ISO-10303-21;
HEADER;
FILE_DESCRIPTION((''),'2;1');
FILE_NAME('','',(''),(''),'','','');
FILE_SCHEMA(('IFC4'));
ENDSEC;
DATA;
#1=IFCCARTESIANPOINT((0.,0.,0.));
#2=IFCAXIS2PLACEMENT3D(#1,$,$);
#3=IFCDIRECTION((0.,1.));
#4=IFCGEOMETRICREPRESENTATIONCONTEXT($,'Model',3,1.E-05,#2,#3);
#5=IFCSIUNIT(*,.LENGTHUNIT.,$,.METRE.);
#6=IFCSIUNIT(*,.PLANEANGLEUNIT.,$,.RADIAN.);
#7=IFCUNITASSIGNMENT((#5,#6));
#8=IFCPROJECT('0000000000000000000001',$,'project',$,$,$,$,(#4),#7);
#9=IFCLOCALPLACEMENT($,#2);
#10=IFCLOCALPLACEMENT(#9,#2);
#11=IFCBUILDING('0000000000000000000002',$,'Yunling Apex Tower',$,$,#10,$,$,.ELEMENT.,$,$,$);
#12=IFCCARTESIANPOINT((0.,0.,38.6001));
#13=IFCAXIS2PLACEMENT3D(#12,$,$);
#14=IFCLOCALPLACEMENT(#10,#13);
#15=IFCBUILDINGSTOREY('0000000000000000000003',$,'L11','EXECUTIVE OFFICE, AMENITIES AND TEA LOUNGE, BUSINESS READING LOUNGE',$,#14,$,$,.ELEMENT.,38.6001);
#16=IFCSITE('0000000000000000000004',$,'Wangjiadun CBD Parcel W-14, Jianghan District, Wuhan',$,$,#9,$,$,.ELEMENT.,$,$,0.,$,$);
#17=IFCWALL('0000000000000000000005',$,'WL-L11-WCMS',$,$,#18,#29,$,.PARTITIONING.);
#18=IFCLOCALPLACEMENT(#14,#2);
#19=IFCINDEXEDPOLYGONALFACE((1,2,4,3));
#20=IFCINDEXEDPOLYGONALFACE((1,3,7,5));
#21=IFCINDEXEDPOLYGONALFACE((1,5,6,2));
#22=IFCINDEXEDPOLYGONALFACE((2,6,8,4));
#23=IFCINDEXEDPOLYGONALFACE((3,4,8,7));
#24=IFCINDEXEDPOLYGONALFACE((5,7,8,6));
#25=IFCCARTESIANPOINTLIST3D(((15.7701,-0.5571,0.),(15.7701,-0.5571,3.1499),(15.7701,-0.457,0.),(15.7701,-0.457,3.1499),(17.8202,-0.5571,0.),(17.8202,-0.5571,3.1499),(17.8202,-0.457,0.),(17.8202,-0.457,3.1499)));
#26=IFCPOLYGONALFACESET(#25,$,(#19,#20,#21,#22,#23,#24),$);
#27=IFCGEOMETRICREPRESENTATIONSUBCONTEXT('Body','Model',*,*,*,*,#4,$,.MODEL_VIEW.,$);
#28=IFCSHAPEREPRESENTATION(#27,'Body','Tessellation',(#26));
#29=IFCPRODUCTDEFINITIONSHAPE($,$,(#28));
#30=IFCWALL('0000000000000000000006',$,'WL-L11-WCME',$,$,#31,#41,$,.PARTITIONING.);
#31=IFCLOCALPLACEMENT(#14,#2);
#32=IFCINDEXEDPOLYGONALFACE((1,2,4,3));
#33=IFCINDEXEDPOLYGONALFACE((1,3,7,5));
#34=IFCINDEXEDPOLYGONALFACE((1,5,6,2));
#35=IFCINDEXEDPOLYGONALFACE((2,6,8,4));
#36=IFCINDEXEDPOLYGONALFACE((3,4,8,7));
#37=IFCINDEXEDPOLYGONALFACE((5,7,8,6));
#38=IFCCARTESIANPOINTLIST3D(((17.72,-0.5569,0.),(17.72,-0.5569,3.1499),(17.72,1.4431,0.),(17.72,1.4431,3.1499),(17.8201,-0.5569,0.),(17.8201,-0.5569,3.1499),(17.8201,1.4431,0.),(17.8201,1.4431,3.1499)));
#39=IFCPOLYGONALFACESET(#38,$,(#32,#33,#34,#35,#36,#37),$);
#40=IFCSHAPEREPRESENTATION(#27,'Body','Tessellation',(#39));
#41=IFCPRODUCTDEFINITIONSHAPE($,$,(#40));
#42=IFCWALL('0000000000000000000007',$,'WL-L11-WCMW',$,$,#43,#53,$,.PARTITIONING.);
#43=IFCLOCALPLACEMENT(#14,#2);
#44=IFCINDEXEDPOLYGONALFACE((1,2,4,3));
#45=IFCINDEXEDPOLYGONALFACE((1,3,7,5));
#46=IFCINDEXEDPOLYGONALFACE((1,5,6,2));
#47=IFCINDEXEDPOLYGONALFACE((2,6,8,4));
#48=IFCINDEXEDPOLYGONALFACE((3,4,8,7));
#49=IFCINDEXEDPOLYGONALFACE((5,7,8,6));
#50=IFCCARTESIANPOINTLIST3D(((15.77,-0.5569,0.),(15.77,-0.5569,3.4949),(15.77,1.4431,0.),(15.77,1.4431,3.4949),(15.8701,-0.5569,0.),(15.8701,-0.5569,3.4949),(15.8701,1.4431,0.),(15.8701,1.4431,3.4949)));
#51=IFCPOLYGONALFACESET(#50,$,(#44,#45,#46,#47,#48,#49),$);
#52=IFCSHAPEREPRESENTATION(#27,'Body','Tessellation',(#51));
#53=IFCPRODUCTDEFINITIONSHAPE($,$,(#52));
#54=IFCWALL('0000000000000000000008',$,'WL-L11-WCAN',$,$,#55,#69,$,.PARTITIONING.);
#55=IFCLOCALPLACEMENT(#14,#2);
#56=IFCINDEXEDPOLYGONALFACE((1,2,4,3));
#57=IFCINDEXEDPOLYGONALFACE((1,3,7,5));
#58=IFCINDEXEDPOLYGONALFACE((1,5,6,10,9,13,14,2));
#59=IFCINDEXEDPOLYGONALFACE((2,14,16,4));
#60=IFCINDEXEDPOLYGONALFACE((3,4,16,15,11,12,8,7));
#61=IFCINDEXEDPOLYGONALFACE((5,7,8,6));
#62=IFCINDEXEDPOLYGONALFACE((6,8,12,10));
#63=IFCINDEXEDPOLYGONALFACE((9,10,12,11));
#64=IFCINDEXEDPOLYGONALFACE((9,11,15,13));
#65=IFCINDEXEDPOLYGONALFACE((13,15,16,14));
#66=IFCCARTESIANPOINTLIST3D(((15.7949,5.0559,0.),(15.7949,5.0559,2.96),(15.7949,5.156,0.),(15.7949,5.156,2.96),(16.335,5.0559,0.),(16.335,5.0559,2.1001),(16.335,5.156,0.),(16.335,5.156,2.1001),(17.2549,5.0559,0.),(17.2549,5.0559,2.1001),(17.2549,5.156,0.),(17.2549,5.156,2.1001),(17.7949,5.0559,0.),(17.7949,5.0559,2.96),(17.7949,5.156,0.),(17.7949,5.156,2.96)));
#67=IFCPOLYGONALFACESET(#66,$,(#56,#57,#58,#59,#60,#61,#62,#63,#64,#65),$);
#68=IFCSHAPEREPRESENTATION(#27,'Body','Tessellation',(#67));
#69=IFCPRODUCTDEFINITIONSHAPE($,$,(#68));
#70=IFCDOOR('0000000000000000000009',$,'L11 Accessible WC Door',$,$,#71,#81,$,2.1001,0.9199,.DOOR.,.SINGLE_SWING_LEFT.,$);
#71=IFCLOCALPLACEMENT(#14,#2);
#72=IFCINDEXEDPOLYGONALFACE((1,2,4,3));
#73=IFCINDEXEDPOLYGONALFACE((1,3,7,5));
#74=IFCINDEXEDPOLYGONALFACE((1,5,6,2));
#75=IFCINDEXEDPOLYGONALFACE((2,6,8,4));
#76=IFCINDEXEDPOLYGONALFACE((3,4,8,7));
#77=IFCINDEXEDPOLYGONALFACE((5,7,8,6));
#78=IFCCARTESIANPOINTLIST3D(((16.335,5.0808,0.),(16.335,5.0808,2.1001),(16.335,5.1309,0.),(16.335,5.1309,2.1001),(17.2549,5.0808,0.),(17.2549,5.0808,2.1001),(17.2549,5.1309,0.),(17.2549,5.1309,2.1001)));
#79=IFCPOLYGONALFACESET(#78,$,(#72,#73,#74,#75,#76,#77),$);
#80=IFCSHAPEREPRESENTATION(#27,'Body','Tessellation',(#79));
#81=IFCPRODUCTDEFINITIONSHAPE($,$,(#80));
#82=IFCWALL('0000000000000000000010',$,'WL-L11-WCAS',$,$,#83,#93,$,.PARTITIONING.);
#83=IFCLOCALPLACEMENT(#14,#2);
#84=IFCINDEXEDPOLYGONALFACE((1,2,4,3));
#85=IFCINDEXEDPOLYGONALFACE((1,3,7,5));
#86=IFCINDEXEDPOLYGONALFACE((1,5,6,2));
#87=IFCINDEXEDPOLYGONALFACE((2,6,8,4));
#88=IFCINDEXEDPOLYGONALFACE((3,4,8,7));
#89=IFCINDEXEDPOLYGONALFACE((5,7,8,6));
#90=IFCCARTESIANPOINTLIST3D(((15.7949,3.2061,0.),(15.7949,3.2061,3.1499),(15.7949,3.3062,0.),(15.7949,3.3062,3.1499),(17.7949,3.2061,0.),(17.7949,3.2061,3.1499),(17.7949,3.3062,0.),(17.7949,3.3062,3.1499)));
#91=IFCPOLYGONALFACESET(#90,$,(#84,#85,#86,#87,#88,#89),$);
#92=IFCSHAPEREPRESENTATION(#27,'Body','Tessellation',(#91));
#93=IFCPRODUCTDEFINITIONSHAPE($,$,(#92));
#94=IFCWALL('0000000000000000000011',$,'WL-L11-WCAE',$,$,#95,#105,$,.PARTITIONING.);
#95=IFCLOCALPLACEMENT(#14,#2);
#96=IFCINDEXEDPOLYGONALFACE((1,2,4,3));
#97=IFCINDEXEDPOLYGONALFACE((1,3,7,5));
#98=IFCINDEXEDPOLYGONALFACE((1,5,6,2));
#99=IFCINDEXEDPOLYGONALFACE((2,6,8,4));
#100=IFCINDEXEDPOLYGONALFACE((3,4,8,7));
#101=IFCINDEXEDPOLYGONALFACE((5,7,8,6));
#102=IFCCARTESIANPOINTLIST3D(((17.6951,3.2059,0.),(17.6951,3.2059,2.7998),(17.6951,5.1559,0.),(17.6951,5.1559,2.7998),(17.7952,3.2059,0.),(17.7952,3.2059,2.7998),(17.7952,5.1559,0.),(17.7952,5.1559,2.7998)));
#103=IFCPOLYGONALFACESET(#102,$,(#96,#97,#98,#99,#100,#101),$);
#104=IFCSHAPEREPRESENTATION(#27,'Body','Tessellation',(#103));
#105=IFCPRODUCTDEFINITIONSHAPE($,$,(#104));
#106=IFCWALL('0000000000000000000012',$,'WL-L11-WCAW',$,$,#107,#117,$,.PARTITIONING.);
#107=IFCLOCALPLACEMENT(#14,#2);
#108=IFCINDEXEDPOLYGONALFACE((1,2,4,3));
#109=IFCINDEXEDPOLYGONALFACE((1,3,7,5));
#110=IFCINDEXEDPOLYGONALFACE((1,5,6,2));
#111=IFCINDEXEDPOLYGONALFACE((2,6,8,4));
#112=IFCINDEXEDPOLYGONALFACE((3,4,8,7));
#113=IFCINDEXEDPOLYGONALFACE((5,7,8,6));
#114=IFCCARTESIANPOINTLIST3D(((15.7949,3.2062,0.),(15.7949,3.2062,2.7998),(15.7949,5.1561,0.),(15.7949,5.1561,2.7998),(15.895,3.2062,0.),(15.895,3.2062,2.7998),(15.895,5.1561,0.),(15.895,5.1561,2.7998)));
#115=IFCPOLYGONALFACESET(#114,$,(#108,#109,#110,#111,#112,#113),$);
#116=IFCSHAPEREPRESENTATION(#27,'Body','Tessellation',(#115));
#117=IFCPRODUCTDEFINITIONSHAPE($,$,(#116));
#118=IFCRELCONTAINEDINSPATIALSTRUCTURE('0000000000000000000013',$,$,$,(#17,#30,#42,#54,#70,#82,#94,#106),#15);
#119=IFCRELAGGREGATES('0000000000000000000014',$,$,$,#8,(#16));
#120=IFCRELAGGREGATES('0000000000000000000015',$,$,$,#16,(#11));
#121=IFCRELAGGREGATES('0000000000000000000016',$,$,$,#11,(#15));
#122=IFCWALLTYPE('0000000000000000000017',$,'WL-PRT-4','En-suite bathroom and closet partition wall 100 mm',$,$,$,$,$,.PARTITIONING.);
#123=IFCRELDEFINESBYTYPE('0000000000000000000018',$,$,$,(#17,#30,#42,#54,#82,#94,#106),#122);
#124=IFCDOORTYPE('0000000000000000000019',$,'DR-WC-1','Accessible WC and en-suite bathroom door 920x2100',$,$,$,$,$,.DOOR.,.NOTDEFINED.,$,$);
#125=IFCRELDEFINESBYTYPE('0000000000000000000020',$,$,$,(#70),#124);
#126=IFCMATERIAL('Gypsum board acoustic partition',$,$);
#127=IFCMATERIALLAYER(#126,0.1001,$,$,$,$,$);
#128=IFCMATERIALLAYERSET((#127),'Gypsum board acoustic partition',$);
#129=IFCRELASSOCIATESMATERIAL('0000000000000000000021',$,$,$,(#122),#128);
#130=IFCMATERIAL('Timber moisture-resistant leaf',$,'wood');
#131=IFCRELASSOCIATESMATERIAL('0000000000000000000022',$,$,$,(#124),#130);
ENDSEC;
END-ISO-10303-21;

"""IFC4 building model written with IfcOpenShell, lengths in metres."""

from ifc_helpers import new_model, si_unit, direction, frame, frame_2d, origin, place, context, subcontext, project, spatial, rectangle, extrude, material, layer, layer_set, type_object, element, fill, save


model = new_model("IFC4")

# Units and contexts
model_context = context("Model", 3, precision=1e-05, world=origin(), true_north=direction((0.0, 1.0)))
body_context = subcontext(model_context, "Body", "Model", "MODEL_VIEW")
ifc_project = project(units=[si_unit("LENGTHUNIT", "METRE"), si_unit("PLANEANGLEUNIT", "RADIAN")], contexts=[model_context])

# Site, building, storey
site_placement = place(None, origin())
site = spatial("IfcSite", under=ifc_project, at=site_placement, Name="Wangjiadun CBD Parcel W-14, Jianghan District, Wuhan", CompositionType="ELEMENT", RefElevation=0.0)
building_placement = place(site_placement, origin())
building = spatial("IfcBuilding", under=site, at=building_placement, Name="Yunling Apex Tower", CompositionType="ELEMENT")
storey_placement = place(building_placement, frame((0.0, 0.0, 38.6001)))
storey = spatial("IfcBuildingStorey", under=building, at=storey_placement, Name="L11", Description="EXECUTIVE OFFICE, AMENITIES AND TEA LOUNGE, BUSINESS READING LOUNGE", CompositionType="ELEMENT", Elevation=38.6001)

# Shared definitions
ifc_material_1 = material(Name="Gypsum board acoustic partition")
ifc_layer_1 = layer(ifc_material_1, 0.1001)
ifc_layer_set_1 = layer_set([ifc_layer_1], Name="Gypsum board acoustic partition")
wall_type = type_object("IfcWallType", Name="WL-PRT-4", Description="En-suite bathroom and closet partition wall 100 mm", PredefinedType="PARTITIONING", material=ifc_layer_set_1)
ifc_material_2 = material(Name="Timber moisture-resistant leaf", Category="wood")
door_type = type_object("IfcDoorType", Name="DR-WC-1", Description="Accessible WC and en-suite bathroom door 920x2100", OperationType="NOTDEFINED", PredefinedType="DOOR", material=ifc_material_2)

# Walls
wall_1_placement = place(storey_placement, frame((17.8201, -0.5071, 0.0), z_axis=(0.0, 0.0, 1.0), x_axis=(-1.0, 0.0, 0.0)))
element("IfcWall", 1, at=wall_1_placement, inside=storey, type_object=wall_type, Name="WL-L11-WCMS", PredefinedType="PARTITIONING", context=body_context, shape_type="SweptSolid", body=[
    extrude(rectangle(XDim=2.05, YDim=0.1001, at=frame_2d((1.0249, 0.0))), origin(), (0.0, 0.0, 1.0), 3.1499),
])
wall_2_placement = place(storey_placement, frame((17.77, 1.4431, 0.0), z_axis=(0.0, 0.0, 1.0), x_axis=(0.0, -1.0, 0.0)))
element("IfcWall", 2, at=wall_2_placement, inside=storey, type_object=wall_type, Name="WL-L11-WCME", PredefinedType="PARTITIONING", context=body_context, shape_type="SweptSolid", body=[
    extrude(rectangle(XDim=2.0, YDim=0.1001, at=frame_2d((1.0, 0.0))), origin(), (0.0, 0.0, 1.0), 3.1499),
])
wall_3_placement = place(storey_placement, frame((15.8201, -0.5569, 0.0), z_axis=(0.0, 0.0, 1.0), x_axis=(0.0, 1.0, 0.0)))
element("IfcWall", 3, at=wall_3_placement, inside=storey, type_object=wall_type, Name="WL-L11-WCMW", PredefinedType="PARTITIONING", context=body_context, shape_type="SweptSolid", body=[
    extrude(rectangle(XDim=2.0, YDim=0.1001, at=frame_2d((1.0, 0.0))), origin(), (0.0, 0.0, 1.0), 3.4949),
])

# Wall, opening, door
wall_4_placement = place(storey_placement, frame((15.7949, 5.106, 0.0), z_axis=(0.0, 0.0, 1.0), x_axis=(1.0, 0.0, 0.0)))
wall_4 = element("IfcWall", 4, at=wall_4_placement, inside=storey, type_object=wall_type, Name="WL-L11-WCAN", PredefinedType="PARTITIONING", context=body_context, shape_type="SweptSolid", body=[
    extrude(rectangle(XDim=2.0, YDim=0.1001, at=frame_2d((1.0, 0.0))), origin(), (0.0, 0.0, 1.0), 2.96),
])
opening_1_placement = place(wall_4_placement, frame((0.54, 0.0, 0.0)))
opening_1 = element("IfcOpeningElement", 5, at=opening_1_placement, cuts=wall_4, PredefinedType="OPENING", context=body_context, shape_type="SweptSolid", body=[
    extrude(rectangle(XDim=0.9199, YDim=2.1001, at=frame_2d((0.46, 1.05))), frame((0.0, 0.0601, 0.0), z_axis=(0.0, -1.0, 0.0), x_axis=(1.0, 0.0, 0.0)), (0.0, 0.0, 1.0), 0.1201),
])
door_1_placement = place(opening_1_placement, origin())
door_1 = element("IfcDoor", 6, at=door_1_placement, inside=storey, type_object=door_type, Name="L11 Accessible WC Door", OperationType="SINGLE_SWING_LEFT", OverallHeight=2.1001, OverallWidth=0.9199, PredefinedType="DOOR", context=body_context, shape_type="SweptSolid", body=[
    extrude(rectangle(XDim=0.9199, YDim=2.1001, at=frame_2d((0.46, 1.05))), frame((0.0, 0.0249, 0.0), z_axis=(0.0, -1.0, 0.0), x_axis=(1.0, 0.0, 0.0)), (0.0, 0.0, 1.0), 0.05),
])
fill(opening_1, door_1)

# Walls
wall_5_placement = place(storey_placement, frame((17.7949, 3.2561, 0.0), z_axis=(0.0, 0.0, 1.0), x_axis=(-1.0, 0.0, 0.0)))
element("IfcWall", 7, at=wall_5_placement, inside=storey, type_object=wall_type, Name="WL-L11-WCAS", PredefinedType="PARTITIONING", context=body_context, shape_type="SweptSolid", body=[
    extrude(rectangle(XDim=2.0, YDim=0.1001, at=frame_2d((1.0, 0.0))), origin(), (0.0, 0.0, 1.0), 3.1499),
])
for number, where, z_axis, x_axis, name in (
    (8, (17.7451, 5.156, 0.0), (0.0, 0.0, 1.0), (0.0, -1.0, 0.0), "WL-L11-WCAE"),
    (9, (15.845, 3.2061, 0.0), (0.0, 0.0, 1.0), (0.0, 1.0, 0.0), "WL-L11-WCAW"),
):
    element("IfcWall", number, at=place(storey_placement, frame(where, z_axis=z_axis, x_axis=x_axis)), inside=storey, type_object=wall_type, Name=name, PredefinedType="PARTITIONING", context=body_context, shape_type="SweptSolid", body=[
        extrude(rectangle(XDim=1.95, YDim=0.1001, at=frame_2d((0.9751, 0.0))), origin(), (0.0, 0.0, 1.0), 2.7998),
    ])

save(model, "model.ifc")
